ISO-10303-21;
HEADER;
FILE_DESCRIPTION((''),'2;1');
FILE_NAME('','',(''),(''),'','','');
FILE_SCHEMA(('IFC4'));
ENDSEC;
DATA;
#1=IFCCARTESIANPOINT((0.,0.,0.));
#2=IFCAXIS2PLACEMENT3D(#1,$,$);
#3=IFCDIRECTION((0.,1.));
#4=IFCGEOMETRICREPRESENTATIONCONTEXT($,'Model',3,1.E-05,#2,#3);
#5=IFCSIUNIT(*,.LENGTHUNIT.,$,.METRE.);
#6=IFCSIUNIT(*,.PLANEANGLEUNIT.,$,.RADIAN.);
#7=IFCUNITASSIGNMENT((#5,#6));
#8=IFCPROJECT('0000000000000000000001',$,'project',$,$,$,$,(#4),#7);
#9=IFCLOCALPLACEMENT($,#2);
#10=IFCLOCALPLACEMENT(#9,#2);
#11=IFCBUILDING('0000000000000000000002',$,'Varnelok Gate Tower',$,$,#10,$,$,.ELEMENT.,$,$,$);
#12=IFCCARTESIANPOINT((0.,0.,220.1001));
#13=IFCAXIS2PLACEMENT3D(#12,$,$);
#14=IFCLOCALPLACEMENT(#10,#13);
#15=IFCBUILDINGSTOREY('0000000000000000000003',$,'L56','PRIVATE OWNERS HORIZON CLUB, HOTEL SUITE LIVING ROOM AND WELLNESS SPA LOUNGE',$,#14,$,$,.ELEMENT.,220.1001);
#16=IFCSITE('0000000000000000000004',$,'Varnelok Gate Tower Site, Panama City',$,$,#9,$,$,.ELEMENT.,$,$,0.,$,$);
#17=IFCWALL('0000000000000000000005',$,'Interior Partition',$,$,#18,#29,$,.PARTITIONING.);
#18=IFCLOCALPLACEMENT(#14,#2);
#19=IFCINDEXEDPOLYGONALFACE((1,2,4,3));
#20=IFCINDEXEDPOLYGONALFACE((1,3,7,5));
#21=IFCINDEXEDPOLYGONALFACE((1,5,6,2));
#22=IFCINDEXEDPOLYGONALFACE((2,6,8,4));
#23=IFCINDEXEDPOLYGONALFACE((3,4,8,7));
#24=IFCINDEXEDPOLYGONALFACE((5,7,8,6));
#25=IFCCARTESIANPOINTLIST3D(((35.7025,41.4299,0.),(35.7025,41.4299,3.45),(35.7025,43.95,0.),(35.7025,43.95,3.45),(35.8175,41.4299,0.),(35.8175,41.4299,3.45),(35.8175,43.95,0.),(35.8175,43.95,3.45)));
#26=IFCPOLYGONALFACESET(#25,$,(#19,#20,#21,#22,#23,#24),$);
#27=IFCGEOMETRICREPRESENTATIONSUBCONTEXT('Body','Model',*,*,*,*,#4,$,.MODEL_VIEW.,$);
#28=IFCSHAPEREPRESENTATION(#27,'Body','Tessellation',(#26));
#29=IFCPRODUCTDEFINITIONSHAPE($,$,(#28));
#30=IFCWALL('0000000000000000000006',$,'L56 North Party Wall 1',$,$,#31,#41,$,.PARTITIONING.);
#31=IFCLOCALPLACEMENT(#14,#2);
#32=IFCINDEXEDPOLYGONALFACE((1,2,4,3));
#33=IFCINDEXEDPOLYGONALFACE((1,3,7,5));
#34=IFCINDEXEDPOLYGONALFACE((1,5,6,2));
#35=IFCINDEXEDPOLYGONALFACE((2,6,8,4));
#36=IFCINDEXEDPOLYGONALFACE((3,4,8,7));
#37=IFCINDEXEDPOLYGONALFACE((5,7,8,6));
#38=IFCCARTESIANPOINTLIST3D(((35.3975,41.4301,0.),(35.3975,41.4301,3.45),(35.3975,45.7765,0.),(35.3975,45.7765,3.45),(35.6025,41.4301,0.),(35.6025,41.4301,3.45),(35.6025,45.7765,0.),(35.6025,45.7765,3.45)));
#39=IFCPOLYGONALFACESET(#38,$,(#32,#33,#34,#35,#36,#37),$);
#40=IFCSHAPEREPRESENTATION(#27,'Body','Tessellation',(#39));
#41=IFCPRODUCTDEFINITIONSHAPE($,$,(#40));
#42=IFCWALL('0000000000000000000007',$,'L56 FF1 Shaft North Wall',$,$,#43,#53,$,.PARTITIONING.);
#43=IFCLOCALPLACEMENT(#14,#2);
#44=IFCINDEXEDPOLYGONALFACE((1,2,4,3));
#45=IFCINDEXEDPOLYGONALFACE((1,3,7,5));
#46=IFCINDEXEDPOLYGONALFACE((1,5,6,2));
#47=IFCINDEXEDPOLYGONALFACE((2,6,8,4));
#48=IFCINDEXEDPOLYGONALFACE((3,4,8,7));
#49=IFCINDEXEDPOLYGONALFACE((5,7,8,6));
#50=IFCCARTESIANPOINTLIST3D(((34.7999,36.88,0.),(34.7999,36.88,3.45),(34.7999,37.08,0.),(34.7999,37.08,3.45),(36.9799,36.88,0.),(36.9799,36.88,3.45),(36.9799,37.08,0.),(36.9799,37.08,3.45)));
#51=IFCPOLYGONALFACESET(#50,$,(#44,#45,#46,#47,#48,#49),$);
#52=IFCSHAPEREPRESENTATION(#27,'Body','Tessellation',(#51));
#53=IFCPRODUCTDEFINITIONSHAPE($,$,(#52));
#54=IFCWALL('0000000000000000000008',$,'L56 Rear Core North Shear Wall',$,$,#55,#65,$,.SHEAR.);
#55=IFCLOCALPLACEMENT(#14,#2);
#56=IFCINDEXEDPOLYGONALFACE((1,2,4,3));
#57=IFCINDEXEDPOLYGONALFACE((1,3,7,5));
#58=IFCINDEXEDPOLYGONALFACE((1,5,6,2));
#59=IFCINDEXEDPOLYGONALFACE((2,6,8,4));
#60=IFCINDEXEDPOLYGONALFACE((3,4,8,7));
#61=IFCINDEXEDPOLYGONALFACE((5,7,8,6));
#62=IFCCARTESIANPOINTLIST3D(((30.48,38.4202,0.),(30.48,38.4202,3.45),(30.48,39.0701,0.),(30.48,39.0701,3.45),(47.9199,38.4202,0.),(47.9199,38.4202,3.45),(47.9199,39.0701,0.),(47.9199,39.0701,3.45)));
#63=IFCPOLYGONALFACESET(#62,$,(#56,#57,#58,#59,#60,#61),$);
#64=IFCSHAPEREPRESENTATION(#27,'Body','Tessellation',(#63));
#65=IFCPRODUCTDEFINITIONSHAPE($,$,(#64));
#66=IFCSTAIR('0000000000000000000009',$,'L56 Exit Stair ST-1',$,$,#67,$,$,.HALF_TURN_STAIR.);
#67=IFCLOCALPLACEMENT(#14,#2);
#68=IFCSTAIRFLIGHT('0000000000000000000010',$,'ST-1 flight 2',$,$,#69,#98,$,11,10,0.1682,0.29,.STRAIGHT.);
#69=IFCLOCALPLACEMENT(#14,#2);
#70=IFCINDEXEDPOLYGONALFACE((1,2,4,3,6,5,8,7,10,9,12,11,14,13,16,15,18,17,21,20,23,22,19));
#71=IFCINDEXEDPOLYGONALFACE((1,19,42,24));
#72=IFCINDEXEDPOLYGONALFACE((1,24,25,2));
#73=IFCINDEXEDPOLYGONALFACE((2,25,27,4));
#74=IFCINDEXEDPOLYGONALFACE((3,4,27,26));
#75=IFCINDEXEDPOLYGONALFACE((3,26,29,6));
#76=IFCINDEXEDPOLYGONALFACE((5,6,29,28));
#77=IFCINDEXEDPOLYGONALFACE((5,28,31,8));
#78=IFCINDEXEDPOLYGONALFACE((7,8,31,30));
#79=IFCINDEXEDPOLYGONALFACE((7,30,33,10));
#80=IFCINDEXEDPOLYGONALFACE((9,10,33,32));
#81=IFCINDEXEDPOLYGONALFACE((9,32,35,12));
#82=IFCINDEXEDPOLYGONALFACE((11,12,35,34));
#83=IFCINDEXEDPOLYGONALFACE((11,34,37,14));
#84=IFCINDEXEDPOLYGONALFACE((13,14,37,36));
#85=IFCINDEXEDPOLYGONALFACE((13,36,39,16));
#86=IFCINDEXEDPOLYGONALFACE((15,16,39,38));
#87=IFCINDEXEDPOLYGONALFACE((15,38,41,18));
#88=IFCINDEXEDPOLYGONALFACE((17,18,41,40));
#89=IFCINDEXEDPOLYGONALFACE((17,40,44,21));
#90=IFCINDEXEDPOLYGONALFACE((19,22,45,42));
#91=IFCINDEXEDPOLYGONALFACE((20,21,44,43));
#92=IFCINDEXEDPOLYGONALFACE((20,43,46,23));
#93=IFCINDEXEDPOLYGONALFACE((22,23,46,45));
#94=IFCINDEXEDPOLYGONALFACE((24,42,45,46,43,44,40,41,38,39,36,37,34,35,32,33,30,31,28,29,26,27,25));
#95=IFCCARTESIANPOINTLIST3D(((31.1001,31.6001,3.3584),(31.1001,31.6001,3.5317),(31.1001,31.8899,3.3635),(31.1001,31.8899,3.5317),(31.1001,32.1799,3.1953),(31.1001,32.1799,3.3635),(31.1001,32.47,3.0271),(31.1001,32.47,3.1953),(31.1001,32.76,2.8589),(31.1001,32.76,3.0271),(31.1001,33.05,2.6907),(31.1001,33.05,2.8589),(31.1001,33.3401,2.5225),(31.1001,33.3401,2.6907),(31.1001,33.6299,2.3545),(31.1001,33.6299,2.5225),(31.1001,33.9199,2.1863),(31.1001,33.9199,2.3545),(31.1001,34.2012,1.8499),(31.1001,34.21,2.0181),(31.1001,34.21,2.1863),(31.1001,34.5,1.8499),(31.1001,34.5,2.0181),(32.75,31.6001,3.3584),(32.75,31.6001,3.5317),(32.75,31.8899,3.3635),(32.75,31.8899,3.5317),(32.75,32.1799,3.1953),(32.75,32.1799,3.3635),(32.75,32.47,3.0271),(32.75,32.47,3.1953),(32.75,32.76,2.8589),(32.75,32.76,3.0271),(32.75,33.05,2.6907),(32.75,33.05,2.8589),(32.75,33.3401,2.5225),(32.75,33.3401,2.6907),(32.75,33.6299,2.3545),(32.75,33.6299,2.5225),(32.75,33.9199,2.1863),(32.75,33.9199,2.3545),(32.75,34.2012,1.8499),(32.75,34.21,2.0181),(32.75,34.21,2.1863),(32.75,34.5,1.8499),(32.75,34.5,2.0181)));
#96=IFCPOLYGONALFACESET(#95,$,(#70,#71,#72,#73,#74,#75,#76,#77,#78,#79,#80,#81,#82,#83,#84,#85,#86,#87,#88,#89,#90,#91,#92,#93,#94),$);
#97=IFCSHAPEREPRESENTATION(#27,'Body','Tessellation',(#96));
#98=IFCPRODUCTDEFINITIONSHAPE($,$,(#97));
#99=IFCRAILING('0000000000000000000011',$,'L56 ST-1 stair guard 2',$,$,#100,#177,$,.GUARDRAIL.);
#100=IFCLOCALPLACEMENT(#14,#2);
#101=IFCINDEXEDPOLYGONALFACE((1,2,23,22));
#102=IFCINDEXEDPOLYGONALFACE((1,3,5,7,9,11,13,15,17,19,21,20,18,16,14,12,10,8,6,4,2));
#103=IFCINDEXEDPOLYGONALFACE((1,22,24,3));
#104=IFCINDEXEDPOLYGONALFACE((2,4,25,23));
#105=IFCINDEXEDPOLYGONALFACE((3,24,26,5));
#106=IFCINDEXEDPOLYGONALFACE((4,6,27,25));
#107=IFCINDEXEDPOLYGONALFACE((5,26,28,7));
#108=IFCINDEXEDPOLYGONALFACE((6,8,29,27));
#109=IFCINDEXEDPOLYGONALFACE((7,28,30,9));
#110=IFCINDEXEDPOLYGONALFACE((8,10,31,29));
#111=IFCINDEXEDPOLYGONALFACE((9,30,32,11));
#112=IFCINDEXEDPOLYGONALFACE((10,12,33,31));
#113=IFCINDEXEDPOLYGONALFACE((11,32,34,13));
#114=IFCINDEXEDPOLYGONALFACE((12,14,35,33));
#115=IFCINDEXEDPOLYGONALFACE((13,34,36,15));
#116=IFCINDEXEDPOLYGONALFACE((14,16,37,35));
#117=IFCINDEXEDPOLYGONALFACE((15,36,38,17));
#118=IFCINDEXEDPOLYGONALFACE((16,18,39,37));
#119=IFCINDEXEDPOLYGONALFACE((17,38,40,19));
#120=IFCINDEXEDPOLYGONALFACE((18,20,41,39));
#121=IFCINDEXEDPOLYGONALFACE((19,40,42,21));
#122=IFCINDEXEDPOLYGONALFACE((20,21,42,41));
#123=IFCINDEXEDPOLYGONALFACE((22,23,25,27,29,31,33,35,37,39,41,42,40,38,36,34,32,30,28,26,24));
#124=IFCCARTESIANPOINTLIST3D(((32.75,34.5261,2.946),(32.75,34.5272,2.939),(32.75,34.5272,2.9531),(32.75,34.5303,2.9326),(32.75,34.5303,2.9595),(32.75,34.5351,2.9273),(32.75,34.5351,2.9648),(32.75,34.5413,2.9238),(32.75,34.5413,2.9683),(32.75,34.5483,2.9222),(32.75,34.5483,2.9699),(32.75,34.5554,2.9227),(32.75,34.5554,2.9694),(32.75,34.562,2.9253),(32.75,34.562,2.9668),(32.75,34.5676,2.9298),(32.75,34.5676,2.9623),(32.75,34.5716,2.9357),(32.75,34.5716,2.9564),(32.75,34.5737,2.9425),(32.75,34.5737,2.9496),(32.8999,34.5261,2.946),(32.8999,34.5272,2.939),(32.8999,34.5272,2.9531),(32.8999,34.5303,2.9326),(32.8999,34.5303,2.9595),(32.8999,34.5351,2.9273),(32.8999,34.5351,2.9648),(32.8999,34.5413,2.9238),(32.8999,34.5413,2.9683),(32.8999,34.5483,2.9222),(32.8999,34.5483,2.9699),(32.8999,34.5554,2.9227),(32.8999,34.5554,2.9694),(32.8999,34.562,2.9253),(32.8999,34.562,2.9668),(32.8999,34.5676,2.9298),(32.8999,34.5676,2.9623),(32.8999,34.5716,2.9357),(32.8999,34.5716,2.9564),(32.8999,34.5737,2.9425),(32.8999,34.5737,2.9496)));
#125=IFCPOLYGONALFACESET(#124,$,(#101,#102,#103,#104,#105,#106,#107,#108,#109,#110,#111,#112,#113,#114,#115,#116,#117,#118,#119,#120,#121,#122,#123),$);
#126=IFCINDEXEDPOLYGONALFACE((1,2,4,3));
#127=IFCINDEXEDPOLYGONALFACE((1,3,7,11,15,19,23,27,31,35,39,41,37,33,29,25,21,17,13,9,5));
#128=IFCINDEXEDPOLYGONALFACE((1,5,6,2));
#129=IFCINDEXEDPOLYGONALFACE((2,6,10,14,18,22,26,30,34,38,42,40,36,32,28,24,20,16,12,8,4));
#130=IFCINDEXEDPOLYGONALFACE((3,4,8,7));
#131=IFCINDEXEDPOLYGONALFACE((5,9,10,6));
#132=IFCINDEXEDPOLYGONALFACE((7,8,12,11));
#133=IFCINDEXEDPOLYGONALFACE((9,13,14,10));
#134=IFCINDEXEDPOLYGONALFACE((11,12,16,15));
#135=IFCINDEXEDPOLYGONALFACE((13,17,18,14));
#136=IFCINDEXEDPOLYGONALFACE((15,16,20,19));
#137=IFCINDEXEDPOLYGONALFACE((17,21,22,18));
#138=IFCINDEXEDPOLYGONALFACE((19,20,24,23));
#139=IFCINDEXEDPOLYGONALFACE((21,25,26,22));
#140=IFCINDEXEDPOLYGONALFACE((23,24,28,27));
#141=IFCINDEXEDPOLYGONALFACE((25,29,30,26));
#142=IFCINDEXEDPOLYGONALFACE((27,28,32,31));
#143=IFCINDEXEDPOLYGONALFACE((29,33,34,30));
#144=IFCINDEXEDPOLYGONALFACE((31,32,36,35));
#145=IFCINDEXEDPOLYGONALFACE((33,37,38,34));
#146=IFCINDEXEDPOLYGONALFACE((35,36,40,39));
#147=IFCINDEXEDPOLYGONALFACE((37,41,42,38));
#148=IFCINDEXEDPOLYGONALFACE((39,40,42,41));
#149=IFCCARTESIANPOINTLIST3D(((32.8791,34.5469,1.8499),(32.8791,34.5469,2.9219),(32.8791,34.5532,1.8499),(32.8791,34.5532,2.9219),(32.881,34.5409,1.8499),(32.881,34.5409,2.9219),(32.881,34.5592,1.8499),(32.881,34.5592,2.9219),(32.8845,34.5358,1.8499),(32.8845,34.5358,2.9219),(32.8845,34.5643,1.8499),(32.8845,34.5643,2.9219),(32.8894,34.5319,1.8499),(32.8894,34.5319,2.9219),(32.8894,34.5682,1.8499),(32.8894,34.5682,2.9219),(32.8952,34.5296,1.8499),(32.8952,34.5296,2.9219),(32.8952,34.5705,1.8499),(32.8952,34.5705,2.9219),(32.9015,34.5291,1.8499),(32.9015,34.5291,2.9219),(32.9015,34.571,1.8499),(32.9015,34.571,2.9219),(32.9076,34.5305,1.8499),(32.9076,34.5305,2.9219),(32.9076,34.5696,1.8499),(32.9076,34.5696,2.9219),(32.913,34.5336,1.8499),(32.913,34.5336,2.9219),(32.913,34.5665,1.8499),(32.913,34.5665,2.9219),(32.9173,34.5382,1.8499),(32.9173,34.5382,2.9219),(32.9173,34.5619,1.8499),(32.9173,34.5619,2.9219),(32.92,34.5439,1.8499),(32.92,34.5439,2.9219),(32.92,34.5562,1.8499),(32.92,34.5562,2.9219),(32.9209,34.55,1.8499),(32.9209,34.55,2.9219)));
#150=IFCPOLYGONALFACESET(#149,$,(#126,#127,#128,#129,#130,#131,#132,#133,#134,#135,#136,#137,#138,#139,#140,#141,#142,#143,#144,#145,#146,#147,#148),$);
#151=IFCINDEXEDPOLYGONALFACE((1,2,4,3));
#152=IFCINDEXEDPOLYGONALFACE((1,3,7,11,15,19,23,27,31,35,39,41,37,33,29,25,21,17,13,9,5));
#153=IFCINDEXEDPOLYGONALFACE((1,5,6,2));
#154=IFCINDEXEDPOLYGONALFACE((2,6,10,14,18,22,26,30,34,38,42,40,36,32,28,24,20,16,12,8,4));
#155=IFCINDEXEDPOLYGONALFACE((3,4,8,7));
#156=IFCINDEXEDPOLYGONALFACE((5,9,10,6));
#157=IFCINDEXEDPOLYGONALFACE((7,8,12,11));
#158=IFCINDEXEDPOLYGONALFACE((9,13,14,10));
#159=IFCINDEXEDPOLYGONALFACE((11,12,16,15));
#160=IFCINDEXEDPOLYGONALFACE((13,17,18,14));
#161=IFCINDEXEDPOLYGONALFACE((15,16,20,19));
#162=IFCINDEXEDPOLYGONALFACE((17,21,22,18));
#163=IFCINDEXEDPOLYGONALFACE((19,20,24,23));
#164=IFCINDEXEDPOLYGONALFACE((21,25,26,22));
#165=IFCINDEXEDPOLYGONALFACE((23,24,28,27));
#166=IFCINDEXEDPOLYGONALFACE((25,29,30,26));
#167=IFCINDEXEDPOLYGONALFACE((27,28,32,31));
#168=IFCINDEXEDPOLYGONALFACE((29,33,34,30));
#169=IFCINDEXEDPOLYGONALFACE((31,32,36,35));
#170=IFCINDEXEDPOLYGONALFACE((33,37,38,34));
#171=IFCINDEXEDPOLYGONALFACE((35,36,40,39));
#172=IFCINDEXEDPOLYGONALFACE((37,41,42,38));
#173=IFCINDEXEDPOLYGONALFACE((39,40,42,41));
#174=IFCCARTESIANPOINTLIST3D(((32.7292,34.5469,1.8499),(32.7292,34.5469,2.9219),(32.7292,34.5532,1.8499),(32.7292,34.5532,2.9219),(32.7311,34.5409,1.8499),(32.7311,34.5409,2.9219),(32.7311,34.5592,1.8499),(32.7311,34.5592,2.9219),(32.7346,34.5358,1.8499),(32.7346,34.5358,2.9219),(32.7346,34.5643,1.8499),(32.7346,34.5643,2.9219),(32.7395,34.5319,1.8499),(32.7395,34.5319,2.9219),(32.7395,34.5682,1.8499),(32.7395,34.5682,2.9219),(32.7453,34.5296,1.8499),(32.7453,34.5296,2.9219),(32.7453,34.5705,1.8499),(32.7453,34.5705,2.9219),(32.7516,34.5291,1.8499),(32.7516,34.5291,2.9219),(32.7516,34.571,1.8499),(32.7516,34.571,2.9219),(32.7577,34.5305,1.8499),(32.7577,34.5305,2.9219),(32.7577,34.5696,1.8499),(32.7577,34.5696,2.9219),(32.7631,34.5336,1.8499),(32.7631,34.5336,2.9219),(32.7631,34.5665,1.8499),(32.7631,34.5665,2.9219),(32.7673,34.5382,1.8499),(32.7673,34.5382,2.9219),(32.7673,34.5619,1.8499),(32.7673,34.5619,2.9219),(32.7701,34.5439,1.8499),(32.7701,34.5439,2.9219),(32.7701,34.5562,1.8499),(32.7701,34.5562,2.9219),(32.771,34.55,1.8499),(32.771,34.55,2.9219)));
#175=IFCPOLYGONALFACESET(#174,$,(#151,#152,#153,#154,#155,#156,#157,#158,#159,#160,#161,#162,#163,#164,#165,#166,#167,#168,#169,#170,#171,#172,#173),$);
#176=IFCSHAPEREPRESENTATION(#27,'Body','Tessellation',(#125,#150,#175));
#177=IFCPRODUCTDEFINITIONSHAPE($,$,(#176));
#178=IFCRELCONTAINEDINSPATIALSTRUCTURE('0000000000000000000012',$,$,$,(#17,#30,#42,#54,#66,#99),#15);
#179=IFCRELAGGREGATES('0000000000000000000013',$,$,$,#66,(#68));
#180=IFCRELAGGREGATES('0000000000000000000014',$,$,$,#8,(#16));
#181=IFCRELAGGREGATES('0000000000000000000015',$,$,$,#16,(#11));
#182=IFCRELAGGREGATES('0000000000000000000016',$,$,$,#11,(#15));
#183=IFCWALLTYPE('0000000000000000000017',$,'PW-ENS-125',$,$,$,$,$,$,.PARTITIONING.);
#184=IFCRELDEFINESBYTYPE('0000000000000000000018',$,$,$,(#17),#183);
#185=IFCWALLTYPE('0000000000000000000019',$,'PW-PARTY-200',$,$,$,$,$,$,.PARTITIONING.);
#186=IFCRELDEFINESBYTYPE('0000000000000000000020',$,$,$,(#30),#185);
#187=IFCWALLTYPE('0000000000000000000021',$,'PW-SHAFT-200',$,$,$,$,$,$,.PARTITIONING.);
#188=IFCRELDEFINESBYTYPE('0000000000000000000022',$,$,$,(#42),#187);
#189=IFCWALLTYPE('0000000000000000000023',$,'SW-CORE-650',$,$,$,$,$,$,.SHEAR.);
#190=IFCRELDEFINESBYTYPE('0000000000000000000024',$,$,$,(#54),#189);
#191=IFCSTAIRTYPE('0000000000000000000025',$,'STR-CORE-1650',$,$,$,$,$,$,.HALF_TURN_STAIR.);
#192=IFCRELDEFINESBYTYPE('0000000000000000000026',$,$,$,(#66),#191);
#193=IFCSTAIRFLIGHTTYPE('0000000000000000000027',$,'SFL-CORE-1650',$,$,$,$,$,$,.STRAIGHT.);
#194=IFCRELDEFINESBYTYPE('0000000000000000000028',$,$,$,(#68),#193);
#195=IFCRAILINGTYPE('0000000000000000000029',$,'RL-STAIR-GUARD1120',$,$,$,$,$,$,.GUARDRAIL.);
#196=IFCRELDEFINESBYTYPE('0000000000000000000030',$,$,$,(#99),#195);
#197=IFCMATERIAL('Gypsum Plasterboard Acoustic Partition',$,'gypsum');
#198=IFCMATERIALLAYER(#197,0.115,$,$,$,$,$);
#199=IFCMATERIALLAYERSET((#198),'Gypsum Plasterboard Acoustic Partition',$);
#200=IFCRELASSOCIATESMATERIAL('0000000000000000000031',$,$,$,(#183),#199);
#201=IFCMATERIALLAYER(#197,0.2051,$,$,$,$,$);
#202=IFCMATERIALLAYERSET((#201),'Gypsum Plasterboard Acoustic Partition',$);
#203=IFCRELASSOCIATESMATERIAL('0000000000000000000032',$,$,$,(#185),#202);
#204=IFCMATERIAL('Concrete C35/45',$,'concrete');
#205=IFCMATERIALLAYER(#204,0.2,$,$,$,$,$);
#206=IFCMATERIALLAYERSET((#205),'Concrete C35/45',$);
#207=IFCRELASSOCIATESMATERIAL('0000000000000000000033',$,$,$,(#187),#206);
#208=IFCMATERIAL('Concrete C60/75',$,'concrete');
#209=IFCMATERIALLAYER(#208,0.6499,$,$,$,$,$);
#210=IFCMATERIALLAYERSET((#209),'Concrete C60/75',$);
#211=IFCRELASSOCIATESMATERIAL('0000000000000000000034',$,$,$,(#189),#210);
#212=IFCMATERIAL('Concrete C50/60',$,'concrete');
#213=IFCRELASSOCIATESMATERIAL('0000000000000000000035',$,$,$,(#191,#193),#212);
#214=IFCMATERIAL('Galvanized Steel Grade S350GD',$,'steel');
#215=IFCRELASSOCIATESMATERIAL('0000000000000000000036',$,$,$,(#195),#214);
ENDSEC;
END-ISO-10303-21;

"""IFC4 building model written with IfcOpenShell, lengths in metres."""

from ifc_helpers import new_model, si_unit, direction, frame, frame_2d, origin, origin_2d, place, context, subcontext, project, spatial, polyline, rectangle, circle, outline, extrude, material, layer, layer_set, type_object, element, aggregate, save


model = new_model("IFC4")

# Units and contexts
model_context = context("Model", 3, precision=1e-05, world=origin(), true_north=direction((0.0, 1.0)))
body_context = subcontext(model_context, "Body", "Model", "MODEL_VIEW")
ifc_project = project(units=[si_unit("LENGTHUNIT", "METRE"), si_unit("PLANEANGLEUNIT", "RADIAN")], contexts=[model_context])

# Site, building, storey
site_placement = place(None, origin())
site = spatial("IfcSite", under=ifc_project, at=site_placement, Name="Varnelok Gate Tower Site, Panama City", CompositionType="ELEMENT", RefElevation=0.0)
building_placement = place(site_placement, origin())
building = spatial("IfcBuilding", under=site, at=building_placement, Name="Varnelok Gate Tower", CompositionType="ELEMENT")
storey_placement = place(building_placement, frame((0.0, 0.0, 220.1001)))
storey = spatial("IfcBuildingStorey", under=building, at=storey_placement, Name="L56", Description="PRIVATE OWNERS HORIZON CLUB, HOTEL SUITE LIVING ROOM AND WELLNESS SPA LOUNGE", CompositionType="ELEMENT", Elevation=220.1001)

# Shared definitions
ifc_material_1 = material(Name="Concrete C60/75", Category="concrete")

# Shared definitions
ifc_material_2 = material(Name="Gypsum Plasterboard Acoustic Partition", Category="gypsum")

# Walls
ifc_layer_1 = layer(ifc_material_2, 0.115)
ifc_layer_set_1 = layer_set([ifc_layer_1], Name="Gypsum Plasterboard Acoustic Partition")
wall_type_1 = type_object("IfcWallType", Name="PW-ENS-125", PredefinedType="PARTITIONING", material=ifc_layer_set_1)
wall_1_placement = place(storey_placement, frame((35.76, 41.4299, 0.0), z_axis=(0.0, 0.0, 1.0), x_axis=(0.0, 1.0, 0.0)))
element("IfcWall", 1, at=wall_1_placement, inside=storey, type_object=wall_type_1, Name="Interior Partition", PredefinedType="PARTITIONING", context=body_context, shape_type="SweptSolid", body=[
    extrude(rectangle(XDim=2.52, YDim=0.115, at=frame_2d((1.26, 0.0))), origin(), (0.0, 0.0, 1.0), 3.45),
])
ifc_layer_2 = layer(ifc_material_2, 0.2051)
ifc_layer_set_2 = layer_set([ifc_layer_2], Name="Gypsum Plasterboard Acoustic Partition")
wall_type_2 = type_object("IfcWallType", Name="PW-PARTY-200", PredefinedType="PARTITIONING", material=ifc_layer_set_2)
wall_2_placement = place(storey_placement, frame((35.5, 41.4299, 0.0), z_axis=(0.0, 0.0, 1.0), x_axis=(0.0, 1.0, 0.0)))
element("IfcWall", 2, at=wall_2_placement, inside=storey, type_object=wall_type_2, Name="L56 North Party Wall 1", PredefinedType="PARTITIONING", context=body_context, shape_type="SweptSolid", body=[
    extrude(rectangle(XDim=4.3464, YDim=0.2051, at=frame_2d((2.1733, 0.0))), origin(), (0.0, 0.0, 1.0), 3.45),
])
ifc_material_3 = material(Name="Concrete C35/45", Category="concrete")
ifc_layer_3 = layer(ifc_material_3, 0.2)
ifc_layer_set_3 = layer_set([ifc_layer_3], Name="Concrete C35/45")
wall_type_3 = type_object("IfcWallType", Name="PW-SHAFT-200", PredefinedType="PARTITIONING", material=ifc_layer_set_3)
wall_3_placement = place(storey_placement, frame((34.8, 36.98, 0.0), z_axis=(0.0, 0.0, 1.0), x_axis=(1.0, 0.0, 0.0)))
element("IfcWall", 3, at=wall_3_placement, inside=storey, type_object=wall_type_3, Name="L56 FF1 Shaft North Wall", PredefinedType="PARTITIONING", context=body_context, shape_type="SweptSolid", body=[
    extrude(rectangle(XDim=2.1799, YDim=0.2, at=frame_2d((1.0898, 0.0))), origin(), (0.0, 0.0, 1.0), 3.45),
])
ifc_layer_4 = layer(ifc_material_1, 0.6499)
ifc_layer_set_4 = layer_set([ifc_layer_4], Name="Concrete C60/75")
wall_type_4 = type_object("IfcWallType", Name="SW-CORE-650", PredefinedType="SHEAR", material=ifc_layer_set_4)
wall_4_placement = place(storey_placement, frame((30.48, 38.7451, 0.0), z_axis=(0.0, 0.0, 1.0), x_axis=(1.0, 0.0, 0.0)))
element("IfcWall", 4, at=wall_4_placement, inside=storey, type_object=wall_type_4, Name="L56 Rear Core North Shear Wall", PredefinedType="SHEAR", context=body_context, shape_type="SweptSolid", body=[
    extrude(rectangle(XDim=17.4399, YDim=0.6499, at=frame_2d((8.72, 0.0))), origin(), (0.0, 0.0, 1.0), 3.45),
])

# Stair, stair flight
ifc_material_4 = material(Name="Concrete C50/60", Category="concrete")
stair_type = type_object("IfcStairType", Name="STR-CORE-1650", PredefinedType="HALF_TURN_STAIR", material=ifc_material_4)
stair_placement = place(storey_placement, origin())
stair = element("IfcStair", 5, at=stair_placement, inside=storey, type_object=stair_type, Name="L56 Exit Stair ST-1", PredefinedType="HALF_TURN_STAIR")
stair_flight_type = type_object("IfcStairFlightType", Name="SFL-CORE-1650", PredefinedType="STRAIGHT", material=ifc_material_4)
stair_flight_placement = place(storey_placement, frame((31.925, 34.5, 1.8499), z_axis=(0.0, 0.0, 1.0), x_axis=(0.0, -1.0, 0.0)))
stair_flight = element("IfcStairFlight", 6, at=stair_flight_placement, type_object=stair_flight_type, Name="ST-1 flight 2", NumberOfRisers=11, NumberOfTreads=10, PredefinedType="STRAIGHT", RiserHeight=0.1682, TreadLength=0.29, context=body_context, shape_type="SweptSolid", body=[
    extrude(outline(polyline([(0.0, 0.0), (0.0, 0.1682), (0.29, 0.1682), (0.29, 0.3364), (0.5801, 0.3364), (0.5801, 0.5046), (0.8701, 0.5046), (0.8701, 0.6726), (1.1599, 0.6726), (1.1599, 0.8408), (1.45, 0.8408), (1.45, 1.009), (1.74, 1.009), (1.74, 1.1772), (2.03, 1.1772), (2.03, 1.3455), (2.3201, 1.3455), (2.3201, 1.5137), (2.6101, 1.5137), (2.6101, 1.6819), (2.8999, 1.6819), (2.8999, 1.8501), (2.8999, 1.5085), (0.2988, 0.0), (0.0, 0.0)])), frame((0.0, 0.825, 0.0), z_axis=(0.0, -1.0, 0.0), x_axis=(1.0, 0.0, 0.0)), (0.0, 0.0, 1.0), 1.6499),
])
aggregate(stair, [stair_flight])

# Railing
ifc_material_5 = material(Name="Galvanized Steel Grade S350GD", Category="steel")
railing_type_1 = type_object("IfcRailingType", Name="RL-STAIR-GUARD1120", PredefinedType="GUARDRAIL", material=ifc_material_5)
railing_1_placement = place(storey_placement, frame((32.8999, 34.55, 1.8499)))
element("IfcRailing", 7, at=railing_1_placement, inside=storey, type_object=railing_type_1, Name="L56 ST-1 stair guard 2", PredefinedType="GUARDRAIL", context=body_context, shape_type="SweptSolid", body=[
    extrude(circle(Radius=0.0239, at=origin_2d()), frame((0.0, 0.0, 1.0962), z_axis=(-1.0, 0.0, 0.0), x_axis=(0.0, -1.0, 0.0)), (0.0, 0.0, 1.0), 0.1499),
    extrude(circle(Radius=0.021, at=origin_2d()), origin(), (0.0, 0.0, 1.0), 1.072),
    extrude(circle(Radius=0.021, at=origin_2d()), frame((-0.1499, 0.0, 0.0)), (0.0, 0.0, 1.0), 1.072),
])

save(model, "model.ifc")
